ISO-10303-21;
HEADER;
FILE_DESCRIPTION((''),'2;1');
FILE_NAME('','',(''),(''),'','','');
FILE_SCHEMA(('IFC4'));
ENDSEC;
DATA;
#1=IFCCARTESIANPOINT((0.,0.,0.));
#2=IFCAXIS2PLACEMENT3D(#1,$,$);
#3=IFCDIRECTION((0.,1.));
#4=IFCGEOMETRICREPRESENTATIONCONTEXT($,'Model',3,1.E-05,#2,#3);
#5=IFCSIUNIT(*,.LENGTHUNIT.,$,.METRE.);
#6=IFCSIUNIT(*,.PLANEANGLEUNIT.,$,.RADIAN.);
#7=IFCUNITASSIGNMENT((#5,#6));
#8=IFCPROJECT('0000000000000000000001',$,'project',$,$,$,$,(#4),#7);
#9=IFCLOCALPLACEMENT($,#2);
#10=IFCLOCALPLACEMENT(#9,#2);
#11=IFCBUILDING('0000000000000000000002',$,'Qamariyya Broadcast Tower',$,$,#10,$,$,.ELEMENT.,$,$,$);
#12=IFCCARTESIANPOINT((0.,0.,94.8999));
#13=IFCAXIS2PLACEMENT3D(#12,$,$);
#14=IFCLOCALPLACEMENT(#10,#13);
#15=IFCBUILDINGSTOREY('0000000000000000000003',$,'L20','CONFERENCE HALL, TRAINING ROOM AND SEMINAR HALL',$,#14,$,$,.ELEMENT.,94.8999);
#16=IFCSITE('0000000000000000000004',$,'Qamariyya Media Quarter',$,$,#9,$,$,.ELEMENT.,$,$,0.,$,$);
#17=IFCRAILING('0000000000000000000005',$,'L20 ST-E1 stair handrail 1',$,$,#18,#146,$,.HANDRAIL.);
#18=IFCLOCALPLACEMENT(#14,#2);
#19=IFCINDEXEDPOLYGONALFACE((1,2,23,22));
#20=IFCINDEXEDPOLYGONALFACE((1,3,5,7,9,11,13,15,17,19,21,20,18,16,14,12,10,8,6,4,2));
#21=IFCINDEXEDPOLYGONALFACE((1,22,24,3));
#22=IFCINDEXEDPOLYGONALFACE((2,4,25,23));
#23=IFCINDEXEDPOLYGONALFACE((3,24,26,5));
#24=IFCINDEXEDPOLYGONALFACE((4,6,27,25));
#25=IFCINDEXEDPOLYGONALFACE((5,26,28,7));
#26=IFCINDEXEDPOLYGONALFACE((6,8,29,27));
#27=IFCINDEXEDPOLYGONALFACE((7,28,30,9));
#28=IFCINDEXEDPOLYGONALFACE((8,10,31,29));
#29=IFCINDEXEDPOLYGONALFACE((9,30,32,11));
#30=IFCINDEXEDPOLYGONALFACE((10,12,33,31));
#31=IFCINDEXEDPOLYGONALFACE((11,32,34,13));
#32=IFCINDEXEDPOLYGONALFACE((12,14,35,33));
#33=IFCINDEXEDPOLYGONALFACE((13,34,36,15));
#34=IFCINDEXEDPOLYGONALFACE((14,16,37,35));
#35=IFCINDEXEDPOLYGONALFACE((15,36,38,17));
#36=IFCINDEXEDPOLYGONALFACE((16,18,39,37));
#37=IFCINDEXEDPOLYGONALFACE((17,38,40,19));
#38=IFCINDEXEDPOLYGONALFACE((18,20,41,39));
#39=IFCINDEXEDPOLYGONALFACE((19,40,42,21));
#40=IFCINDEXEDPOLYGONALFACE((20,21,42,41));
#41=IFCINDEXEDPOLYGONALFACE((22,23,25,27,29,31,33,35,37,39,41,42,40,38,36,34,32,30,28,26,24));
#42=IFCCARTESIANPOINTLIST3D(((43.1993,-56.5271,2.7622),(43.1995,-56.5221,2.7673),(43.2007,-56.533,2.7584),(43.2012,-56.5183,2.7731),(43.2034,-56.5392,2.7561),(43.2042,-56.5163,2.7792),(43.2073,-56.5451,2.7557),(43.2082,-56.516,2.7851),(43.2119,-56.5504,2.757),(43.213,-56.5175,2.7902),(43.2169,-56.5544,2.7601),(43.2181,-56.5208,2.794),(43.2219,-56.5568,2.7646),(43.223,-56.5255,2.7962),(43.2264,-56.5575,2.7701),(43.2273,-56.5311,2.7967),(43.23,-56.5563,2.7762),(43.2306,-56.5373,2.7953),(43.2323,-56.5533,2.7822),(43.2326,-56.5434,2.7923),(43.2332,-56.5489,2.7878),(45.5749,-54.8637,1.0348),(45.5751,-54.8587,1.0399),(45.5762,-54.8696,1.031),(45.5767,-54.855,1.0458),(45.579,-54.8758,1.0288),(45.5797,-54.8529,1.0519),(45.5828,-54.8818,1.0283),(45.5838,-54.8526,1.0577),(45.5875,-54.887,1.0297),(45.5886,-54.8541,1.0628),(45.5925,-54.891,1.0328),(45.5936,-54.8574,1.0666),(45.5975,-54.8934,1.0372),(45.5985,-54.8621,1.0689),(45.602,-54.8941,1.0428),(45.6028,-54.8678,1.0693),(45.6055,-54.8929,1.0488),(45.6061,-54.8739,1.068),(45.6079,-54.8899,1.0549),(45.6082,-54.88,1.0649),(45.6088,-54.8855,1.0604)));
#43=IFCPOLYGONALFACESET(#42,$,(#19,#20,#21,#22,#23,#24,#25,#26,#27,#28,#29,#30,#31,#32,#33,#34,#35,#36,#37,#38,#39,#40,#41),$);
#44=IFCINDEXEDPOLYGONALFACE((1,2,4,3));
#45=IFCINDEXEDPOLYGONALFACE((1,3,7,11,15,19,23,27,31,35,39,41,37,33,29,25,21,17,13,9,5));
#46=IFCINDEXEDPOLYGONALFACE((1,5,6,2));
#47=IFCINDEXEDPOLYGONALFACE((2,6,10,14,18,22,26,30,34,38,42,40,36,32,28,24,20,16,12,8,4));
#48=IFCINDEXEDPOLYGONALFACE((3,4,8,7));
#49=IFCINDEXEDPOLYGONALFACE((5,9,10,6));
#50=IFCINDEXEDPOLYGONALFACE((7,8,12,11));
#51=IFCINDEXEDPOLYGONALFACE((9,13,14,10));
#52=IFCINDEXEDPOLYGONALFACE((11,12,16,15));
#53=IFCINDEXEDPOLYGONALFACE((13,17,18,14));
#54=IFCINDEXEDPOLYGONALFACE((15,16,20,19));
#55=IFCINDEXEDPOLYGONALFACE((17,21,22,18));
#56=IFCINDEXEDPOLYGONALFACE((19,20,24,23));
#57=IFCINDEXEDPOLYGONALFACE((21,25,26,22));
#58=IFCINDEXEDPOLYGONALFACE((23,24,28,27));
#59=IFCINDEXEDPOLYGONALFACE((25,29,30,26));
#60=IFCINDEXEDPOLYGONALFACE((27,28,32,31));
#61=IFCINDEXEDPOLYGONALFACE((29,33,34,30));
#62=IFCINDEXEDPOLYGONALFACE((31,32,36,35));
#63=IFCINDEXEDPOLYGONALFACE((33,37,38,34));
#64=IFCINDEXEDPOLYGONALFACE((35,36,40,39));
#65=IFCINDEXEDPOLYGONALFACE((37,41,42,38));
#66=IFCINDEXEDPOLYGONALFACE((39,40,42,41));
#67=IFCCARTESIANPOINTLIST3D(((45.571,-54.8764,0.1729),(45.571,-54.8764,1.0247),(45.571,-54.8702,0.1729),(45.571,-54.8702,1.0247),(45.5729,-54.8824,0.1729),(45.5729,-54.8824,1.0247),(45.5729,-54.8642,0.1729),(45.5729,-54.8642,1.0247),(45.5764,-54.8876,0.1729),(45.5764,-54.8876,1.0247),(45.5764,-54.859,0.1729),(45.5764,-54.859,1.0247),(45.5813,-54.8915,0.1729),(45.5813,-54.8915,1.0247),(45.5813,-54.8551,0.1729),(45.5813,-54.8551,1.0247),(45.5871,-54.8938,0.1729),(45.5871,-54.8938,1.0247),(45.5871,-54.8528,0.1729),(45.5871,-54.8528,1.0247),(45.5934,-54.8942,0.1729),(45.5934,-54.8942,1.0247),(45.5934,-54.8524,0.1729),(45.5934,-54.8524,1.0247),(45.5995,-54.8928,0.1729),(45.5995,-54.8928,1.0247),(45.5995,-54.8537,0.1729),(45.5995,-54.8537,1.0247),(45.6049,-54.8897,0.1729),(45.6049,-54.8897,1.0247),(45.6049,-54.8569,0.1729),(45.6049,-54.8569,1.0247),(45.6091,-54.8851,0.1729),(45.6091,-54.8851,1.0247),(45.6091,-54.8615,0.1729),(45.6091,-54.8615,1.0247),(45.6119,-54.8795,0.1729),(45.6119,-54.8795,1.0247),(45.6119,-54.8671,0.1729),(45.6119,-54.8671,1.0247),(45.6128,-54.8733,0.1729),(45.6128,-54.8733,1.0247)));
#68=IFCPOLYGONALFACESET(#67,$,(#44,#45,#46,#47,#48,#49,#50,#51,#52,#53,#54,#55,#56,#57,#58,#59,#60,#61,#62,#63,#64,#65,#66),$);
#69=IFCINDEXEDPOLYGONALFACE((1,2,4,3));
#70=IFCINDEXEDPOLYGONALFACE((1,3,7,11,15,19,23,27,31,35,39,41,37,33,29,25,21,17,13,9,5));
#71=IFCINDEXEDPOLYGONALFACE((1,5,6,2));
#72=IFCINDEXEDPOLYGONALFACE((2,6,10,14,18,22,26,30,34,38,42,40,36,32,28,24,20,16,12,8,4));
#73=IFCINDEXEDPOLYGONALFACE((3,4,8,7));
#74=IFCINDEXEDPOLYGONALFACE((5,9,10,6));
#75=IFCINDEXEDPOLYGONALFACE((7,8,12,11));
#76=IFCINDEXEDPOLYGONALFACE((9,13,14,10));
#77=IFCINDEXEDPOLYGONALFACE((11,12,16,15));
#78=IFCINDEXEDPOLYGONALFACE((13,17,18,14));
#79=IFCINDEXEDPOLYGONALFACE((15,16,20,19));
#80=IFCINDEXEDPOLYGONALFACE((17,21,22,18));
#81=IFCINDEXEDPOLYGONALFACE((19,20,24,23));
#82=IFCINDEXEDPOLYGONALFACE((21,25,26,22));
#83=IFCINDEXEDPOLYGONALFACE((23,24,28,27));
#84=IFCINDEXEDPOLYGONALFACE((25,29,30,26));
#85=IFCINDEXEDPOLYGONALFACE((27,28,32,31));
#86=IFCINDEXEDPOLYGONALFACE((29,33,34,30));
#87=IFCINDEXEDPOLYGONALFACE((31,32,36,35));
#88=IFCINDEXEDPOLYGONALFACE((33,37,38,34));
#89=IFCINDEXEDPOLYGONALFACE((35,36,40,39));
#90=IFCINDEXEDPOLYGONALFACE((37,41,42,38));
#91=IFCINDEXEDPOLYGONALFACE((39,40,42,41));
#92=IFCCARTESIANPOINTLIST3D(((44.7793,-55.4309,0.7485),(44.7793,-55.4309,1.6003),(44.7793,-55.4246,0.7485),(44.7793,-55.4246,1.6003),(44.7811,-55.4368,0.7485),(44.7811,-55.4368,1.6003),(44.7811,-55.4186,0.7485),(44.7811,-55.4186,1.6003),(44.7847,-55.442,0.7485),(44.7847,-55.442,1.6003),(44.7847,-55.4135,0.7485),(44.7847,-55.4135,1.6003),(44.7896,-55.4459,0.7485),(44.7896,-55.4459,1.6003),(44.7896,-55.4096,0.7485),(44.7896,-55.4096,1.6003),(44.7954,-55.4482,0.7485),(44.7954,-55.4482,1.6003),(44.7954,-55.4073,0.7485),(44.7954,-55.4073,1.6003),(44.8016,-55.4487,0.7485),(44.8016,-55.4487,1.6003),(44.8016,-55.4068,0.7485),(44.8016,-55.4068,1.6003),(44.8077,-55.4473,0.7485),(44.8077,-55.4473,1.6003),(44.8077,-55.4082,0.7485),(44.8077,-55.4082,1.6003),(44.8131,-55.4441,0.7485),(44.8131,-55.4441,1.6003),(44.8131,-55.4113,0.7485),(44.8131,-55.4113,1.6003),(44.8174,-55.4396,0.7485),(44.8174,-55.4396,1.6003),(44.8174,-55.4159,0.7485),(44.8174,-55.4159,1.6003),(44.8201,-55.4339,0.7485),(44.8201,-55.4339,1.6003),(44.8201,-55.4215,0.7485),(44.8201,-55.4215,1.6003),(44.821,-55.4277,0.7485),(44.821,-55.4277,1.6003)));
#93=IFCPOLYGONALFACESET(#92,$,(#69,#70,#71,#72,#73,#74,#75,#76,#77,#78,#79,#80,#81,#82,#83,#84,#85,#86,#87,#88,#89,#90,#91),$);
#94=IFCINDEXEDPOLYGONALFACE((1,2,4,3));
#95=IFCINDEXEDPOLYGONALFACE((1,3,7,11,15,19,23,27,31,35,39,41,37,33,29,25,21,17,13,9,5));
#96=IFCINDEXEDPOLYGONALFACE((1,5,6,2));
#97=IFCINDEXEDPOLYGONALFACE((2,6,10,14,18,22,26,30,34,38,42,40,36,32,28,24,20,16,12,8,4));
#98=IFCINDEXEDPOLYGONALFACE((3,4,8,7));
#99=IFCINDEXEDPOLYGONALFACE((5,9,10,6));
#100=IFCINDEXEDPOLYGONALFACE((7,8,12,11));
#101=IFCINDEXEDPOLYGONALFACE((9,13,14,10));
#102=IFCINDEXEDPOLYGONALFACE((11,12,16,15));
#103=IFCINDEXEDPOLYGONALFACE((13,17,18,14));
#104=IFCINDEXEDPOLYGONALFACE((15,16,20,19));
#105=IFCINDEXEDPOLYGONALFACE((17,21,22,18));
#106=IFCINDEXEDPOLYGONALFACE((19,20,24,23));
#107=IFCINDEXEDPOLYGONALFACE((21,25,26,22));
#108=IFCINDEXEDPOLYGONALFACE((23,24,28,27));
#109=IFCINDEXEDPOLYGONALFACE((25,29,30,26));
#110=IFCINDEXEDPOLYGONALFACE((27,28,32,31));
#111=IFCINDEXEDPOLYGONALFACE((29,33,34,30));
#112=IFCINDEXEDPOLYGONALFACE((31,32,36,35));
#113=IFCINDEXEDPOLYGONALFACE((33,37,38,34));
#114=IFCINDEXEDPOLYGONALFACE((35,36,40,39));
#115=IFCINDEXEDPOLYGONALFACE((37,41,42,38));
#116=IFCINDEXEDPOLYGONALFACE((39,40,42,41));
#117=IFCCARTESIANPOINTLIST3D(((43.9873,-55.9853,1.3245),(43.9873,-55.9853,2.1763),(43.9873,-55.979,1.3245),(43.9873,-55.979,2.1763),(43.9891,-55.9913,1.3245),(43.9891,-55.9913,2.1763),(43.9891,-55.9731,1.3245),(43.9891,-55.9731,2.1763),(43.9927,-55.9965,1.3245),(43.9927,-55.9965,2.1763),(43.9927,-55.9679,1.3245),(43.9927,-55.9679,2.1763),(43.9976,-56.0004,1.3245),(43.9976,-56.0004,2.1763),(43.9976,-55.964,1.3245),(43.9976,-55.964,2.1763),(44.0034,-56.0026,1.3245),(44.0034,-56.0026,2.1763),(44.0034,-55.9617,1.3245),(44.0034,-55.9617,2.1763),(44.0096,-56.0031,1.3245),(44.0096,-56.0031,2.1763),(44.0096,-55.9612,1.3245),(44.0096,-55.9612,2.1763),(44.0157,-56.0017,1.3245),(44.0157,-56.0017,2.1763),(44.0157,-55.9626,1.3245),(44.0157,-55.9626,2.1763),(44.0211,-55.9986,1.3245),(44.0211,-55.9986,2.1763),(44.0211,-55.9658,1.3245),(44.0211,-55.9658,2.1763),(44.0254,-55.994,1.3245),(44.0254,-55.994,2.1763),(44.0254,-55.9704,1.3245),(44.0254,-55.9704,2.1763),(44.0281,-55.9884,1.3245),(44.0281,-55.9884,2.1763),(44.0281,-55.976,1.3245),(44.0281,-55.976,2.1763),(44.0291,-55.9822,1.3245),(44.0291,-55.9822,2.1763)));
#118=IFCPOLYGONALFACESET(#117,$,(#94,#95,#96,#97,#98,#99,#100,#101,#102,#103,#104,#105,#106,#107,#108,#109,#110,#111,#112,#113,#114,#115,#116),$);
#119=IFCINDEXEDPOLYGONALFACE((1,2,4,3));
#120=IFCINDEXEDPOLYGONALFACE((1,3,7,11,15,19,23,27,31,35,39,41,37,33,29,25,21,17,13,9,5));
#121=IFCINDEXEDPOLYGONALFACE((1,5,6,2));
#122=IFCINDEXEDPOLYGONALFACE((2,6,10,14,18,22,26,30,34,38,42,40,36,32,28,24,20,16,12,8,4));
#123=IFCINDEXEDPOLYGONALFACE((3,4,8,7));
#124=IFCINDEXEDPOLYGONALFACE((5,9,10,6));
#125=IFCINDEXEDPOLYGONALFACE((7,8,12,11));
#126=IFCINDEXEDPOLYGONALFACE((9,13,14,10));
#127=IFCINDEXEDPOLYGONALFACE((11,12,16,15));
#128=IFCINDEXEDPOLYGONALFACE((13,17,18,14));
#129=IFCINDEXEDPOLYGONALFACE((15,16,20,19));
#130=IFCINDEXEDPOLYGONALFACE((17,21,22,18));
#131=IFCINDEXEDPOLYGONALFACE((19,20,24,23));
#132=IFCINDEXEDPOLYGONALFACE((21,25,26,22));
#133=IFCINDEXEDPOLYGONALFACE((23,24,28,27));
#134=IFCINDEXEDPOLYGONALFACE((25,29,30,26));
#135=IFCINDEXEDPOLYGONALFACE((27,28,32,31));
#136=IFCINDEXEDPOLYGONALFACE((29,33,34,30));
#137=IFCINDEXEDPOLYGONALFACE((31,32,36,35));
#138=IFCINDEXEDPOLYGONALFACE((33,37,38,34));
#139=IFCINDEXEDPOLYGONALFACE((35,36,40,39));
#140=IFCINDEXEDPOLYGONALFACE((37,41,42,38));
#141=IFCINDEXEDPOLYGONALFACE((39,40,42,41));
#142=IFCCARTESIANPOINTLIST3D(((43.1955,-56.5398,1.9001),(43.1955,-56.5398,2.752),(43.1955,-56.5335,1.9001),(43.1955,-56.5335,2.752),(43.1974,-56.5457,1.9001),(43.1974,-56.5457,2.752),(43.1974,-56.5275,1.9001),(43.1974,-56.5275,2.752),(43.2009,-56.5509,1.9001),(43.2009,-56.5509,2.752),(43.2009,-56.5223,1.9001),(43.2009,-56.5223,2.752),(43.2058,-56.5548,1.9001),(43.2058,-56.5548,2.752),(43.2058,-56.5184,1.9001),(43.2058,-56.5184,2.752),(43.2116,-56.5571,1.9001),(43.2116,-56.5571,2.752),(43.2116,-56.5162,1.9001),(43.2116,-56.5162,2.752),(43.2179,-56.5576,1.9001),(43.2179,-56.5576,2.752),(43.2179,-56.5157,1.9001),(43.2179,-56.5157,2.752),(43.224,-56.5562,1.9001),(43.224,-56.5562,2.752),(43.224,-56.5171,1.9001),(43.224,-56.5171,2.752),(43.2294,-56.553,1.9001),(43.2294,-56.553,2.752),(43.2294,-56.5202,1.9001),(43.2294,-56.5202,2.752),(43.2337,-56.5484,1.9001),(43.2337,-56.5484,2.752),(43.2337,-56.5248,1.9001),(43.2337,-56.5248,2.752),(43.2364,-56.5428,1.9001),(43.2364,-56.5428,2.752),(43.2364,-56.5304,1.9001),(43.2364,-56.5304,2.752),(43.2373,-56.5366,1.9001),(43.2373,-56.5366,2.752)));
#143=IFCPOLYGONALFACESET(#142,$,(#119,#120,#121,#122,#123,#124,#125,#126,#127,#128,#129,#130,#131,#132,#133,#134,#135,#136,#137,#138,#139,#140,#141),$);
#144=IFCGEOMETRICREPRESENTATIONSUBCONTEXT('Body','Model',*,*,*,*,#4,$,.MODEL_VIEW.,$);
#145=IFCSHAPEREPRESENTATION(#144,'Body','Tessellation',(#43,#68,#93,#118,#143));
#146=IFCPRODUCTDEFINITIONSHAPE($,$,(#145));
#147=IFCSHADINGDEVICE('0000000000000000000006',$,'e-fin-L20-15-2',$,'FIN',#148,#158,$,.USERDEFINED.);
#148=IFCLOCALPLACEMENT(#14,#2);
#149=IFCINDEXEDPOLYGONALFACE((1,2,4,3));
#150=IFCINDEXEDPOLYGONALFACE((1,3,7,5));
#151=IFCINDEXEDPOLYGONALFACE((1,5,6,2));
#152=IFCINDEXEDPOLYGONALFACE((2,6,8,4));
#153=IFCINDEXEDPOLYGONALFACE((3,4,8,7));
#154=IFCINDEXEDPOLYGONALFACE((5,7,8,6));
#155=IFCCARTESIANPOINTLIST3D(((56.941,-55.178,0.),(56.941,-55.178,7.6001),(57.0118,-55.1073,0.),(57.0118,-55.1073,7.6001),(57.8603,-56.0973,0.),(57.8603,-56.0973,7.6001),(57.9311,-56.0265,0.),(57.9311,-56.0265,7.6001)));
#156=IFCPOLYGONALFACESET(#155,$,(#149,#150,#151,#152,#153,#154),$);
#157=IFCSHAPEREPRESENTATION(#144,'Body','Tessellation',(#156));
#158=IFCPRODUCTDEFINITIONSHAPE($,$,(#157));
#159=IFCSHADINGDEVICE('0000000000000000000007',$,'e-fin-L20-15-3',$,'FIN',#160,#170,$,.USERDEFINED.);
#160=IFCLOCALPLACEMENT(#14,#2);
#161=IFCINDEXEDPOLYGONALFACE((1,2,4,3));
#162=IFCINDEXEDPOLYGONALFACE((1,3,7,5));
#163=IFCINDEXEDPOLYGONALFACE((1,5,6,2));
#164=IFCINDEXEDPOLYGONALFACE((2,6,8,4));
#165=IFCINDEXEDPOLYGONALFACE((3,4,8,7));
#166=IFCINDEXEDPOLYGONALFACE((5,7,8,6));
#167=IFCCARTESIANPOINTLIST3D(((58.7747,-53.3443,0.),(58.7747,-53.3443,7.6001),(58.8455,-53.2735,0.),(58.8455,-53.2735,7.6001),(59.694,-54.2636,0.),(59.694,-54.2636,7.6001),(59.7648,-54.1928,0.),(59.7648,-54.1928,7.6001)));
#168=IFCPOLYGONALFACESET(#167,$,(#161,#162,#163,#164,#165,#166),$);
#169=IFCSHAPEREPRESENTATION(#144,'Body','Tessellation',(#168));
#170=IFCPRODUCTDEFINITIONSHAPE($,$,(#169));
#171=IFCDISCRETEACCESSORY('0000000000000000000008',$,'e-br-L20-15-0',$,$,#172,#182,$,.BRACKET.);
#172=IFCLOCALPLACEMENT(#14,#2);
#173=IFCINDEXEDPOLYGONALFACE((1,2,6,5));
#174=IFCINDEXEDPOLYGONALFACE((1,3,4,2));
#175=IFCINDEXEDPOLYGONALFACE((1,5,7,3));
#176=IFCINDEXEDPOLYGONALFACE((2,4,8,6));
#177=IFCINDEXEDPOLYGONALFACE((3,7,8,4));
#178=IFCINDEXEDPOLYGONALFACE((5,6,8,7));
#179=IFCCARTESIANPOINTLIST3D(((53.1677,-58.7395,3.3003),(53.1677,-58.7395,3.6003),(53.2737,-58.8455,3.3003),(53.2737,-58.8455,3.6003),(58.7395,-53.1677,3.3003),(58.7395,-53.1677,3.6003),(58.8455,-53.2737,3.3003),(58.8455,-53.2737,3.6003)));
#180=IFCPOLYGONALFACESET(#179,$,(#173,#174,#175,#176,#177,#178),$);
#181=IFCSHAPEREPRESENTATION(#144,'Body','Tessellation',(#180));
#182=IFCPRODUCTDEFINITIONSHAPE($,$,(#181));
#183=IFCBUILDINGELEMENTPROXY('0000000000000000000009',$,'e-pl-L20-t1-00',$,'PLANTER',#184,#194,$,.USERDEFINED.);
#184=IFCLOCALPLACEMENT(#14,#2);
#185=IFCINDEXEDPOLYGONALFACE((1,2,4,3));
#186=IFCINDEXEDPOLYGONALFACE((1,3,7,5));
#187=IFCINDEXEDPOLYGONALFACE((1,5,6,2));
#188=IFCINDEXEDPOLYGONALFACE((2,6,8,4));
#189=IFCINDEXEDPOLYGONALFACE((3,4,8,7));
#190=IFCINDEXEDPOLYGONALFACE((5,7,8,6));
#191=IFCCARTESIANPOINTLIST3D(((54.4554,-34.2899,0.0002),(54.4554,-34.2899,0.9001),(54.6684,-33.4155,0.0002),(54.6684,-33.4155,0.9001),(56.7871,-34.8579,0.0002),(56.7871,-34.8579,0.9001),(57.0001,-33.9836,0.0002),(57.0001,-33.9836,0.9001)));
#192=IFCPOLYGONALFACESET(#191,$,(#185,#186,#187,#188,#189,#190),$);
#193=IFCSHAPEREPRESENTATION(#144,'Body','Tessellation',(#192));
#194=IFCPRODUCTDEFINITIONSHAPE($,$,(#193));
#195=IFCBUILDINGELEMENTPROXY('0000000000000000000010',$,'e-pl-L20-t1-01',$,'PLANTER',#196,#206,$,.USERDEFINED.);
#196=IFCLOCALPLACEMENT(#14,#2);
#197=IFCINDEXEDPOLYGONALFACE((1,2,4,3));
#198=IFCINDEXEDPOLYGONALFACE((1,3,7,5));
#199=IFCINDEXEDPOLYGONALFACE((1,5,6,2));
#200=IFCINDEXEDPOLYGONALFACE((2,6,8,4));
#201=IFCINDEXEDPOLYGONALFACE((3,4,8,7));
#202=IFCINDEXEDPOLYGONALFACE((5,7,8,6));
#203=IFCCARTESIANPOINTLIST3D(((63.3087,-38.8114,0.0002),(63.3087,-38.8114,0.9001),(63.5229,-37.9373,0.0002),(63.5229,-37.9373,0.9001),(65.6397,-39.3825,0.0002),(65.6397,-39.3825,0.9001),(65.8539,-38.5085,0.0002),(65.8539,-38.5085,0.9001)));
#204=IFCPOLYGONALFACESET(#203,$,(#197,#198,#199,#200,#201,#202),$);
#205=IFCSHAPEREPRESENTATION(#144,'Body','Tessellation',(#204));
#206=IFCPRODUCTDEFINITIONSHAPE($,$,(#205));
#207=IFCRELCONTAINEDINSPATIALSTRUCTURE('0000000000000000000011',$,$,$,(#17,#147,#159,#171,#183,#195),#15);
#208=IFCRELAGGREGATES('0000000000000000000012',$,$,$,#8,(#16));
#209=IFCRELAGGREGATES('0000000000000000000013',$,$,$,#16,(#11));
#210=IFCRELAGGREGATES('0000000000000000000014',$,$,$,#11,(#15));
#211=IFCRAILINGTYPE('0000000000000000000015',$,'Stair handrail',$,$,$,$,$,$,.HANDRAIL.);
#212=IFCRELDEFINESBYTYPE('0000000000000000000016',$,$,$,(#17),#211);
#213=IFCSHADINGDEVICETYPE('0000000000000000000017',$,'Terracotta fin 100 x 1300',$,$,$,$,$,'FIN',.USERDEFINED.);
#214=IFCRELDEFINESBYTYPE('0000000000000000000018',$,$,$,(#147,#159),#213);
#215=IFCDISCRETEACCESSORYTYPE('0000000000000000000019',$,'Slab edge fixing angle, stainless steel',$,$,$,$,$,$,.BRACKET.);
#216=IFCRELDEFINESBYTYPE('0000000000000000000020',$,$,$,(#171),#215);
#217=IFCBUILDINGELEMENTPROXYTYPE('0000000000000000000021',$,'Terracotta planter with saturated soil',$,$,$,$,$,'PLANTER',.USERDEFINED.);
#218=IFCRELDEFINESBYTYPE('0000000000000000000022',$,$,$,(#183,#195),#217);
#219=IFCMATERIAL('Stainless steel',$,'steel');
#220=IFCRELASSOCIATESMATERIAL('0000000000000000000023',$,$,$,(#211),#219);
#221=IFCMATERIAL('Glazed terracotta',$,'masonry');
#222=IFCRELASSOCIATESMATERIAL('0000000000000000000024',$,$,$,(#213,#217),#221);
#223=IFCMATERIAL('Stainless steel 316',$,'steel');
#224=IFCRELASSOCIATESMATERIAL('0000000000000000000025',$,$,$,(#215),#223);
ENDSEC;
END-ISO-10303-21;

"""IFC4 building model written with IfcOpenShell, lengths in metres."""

from ifc_helpers import new_model, si_unit, direction, frame, origin, origin_2d, place, context, subcontext, project, spatial, rectangle, circle, extrude, material, material_profile, profile_set, type_object, element, save


model = new_model("IFC4")

# Units and contexts
model_context = context("Model", 3, precision=1e-05, world=origin(), true_north=direction((0.0, 1.0)))
body_context = subcontext(model_context, "Body", "Model", "MODEL_VIEW")
ifc_project = project(units=[si_unit("LENGTHUNIT", "METRE"), si_unit("PLANEANGLEUNIT", "RADIAN")], contexts=[model_context])

# Site, building, storey
site_placement = place(None, origin())
site = spatial("IfcSite", under=ifc_project, at=site_placement, Name="Qamariyya Media Quarter", CompositionType="ELEMENT", RefElevation=0.0)
building_placement = place(site_placement, origin())
building = spatial("IfcBuilding", under=site, at=building_placement, Name="Qamariyya Broadcast Tower", CompositionType="ELEMENT")
storey_placement = place(building_placement, frame((0.0, 0.0, 94.8999)))
storey = spatial("IfcBuildingStorey", under=building, at=storey_placement, Name="L20", Description="CONFERENCE HALL, TRAINING ROOM AND SEMINAR HALL", CompositionType="ELEMENT", Elevation=94.8999)

# Railing
ifc_material_1 = material(Name="Stainless steel", Category="steel")
railing_type_1 = type_object("IfcRailingType", Name="Stair handrail", PredefinedType="HANDRAIL", material=ifc_material_1)
railing_1_placement = place(storey_placement, frame((45.5918, -54.8733, 0.1729)))
element("IfcRailing", 1, at=railing_1_placement, inside=storey, type_object=railing_type_1, Name="L20 ST-E1 stair handrail 1", PredefinedType="HANDRAIL", context=body_context, shape_type="SweptSolid", body=[
    extrude(circle(Radius=0.0239, at=origin_2d()), frame((0.0, 0.0, 0.876), z_axis=(-0.70377, -0.492784, 0.511734), x_axis=(0.573575, -0.819153, 0.0)), (0.0, 0.0, 1.0), 3.3755),
    extrude(circle(Radius=0.021, at=origin_2d()), origin(), (0.0, 0.0, 1.0), 0.8518),
    extrude(circle(Radius=0.021, at=origin_2d()), frame((-0.7917, -0.5544, 0.5757)), (0.0, 0.0, 1.0), 0.8518),
    extrude(circle(Radius=0.021, at=origin_2d()), frame((-1.5837, -1.1089, 1.1516)), (0.0, 0.0, 1.0), 0.8518),
    extrude(circle(Radius=0.021, at=origin_2d()), frame((-2.3755, -1.6633, 1.7273)), (0.0, 0.0, 1.0), 0.8518),
])

# Shading devices
ifc_material_2 = material(Name="Glazed terracotta", Category="masonry")
ifc_material_profile_1 = material_profile(ifc_material_2, rectangle(XDim=1.3, YDim=0.1001, at=origin_2d()))
ifc_profile_set_1 = profile_set([ifc_material_profile_1], Name="Glazed terracotta")
shading_device_type_1 = type_object("IfcShadingDeviceType", Name="Terracotta fin 100 x 1300", ElementType="FIN", PredefinedType="USERDEFINED", material=ifc_profile_set_1)
for number, where, z_axis, x_axis, name in (
    (2, (57.436, -55.6023, 0.0), (0.0, 0.0, 1.0), (0.707107, -0.707107, 0.0), "e-fin-L20-15-2"),
    (3, (59.2698, -53.7686, 0.0), (0.0, 0.0, 1.0), (0.707107, -0.707107, 0.0), "e-fin-L20-15-3"),
):
    element("IfcShadingDevice", number, at=place(storey_placement, frame(where, z_axis=z_axis, x_axis=x_axis)), inside=storey, type_object=shading_device_type_1, Name=name, ObjectType="FIN", PredefinedType="USERDEFINED", context=body_context, shape_type="SweptSolid", body=[
        extrude(rectangle(XDim=1.3, YDim=0.1001, at=origin_2d()), origin(), (0.0, 0.0, 1.0), 7.6001),
    ])

# Discrete accessory
ifc_material_3 = material(Name="Stainless steel 316", Category="steel")
discrete_accessory_type = type_object("IfcDiscreteAccessoryType", Name="Slab edge fixing angle, stainless steel", PredefinedType="BRACKET", material=ifc_material_3)
discrete_accessory_placement = place(storey_placement, frame((56.0066, -56.0066, 3.3003), z_axis=(0.0, 0.0, 1.0), x_axis=(0.707107, 0.707107, 0.0)))
element("IfcDiscreteAccessory", 4, at=discrete_accessory_placement, inside=storey, type_object=discrete_accessory_type, Name="e-br-L20-15-0", PredefinedType="BRACKET", context=body_context, shape_type="SweptSolid", body=[
    extrude(rectangle(XDim=7.8796, YDim=0.1499, at=origin_2d()), origin(), (0.0, 0.0, 1.0), 0.3),
])

# Building element proxies
building_element_proxy_type = type_object("IfcBuildingElementProxyType", Name="Terracotta planter with saturated soil", ElementType="PLANTER", PredefinedType="USERDEFINED", material=ifc_material_2)
for number, where, z_axis, x_axis, name in (
    (5, (55.7278, -34.1367, 0.0002), (0.0, 0.0, 1.0), (0.971583, -0.236699, 0.0), "e-pl-L20-t1-00"),
    (6, (64.5813, -38.6599, 0.0002), (0.0, 0.0, 1.0), (0.971268, -0.237987, 0.0), "e-pl-L20-t1-01"),
):
    element("IfcBuildingElementProxy", number, at=place(storey_placement, frame(where, z_axis=z_axis, x_axis=x_axis)), inside=storey, type_object=building_element_proxy_type, Name=name, ObjectType="PLANTER", PredefinedType="USERDEFINED", context=body_context, shape_type="SweptSolid", body=[
        extrude(rectangle(XDim=2.3999, YDim=0.8999, at=origin_2d()), origin(), (0.0, 0.0, 1.0), 0.8999),
    ])

save(model, "model.ifc")
